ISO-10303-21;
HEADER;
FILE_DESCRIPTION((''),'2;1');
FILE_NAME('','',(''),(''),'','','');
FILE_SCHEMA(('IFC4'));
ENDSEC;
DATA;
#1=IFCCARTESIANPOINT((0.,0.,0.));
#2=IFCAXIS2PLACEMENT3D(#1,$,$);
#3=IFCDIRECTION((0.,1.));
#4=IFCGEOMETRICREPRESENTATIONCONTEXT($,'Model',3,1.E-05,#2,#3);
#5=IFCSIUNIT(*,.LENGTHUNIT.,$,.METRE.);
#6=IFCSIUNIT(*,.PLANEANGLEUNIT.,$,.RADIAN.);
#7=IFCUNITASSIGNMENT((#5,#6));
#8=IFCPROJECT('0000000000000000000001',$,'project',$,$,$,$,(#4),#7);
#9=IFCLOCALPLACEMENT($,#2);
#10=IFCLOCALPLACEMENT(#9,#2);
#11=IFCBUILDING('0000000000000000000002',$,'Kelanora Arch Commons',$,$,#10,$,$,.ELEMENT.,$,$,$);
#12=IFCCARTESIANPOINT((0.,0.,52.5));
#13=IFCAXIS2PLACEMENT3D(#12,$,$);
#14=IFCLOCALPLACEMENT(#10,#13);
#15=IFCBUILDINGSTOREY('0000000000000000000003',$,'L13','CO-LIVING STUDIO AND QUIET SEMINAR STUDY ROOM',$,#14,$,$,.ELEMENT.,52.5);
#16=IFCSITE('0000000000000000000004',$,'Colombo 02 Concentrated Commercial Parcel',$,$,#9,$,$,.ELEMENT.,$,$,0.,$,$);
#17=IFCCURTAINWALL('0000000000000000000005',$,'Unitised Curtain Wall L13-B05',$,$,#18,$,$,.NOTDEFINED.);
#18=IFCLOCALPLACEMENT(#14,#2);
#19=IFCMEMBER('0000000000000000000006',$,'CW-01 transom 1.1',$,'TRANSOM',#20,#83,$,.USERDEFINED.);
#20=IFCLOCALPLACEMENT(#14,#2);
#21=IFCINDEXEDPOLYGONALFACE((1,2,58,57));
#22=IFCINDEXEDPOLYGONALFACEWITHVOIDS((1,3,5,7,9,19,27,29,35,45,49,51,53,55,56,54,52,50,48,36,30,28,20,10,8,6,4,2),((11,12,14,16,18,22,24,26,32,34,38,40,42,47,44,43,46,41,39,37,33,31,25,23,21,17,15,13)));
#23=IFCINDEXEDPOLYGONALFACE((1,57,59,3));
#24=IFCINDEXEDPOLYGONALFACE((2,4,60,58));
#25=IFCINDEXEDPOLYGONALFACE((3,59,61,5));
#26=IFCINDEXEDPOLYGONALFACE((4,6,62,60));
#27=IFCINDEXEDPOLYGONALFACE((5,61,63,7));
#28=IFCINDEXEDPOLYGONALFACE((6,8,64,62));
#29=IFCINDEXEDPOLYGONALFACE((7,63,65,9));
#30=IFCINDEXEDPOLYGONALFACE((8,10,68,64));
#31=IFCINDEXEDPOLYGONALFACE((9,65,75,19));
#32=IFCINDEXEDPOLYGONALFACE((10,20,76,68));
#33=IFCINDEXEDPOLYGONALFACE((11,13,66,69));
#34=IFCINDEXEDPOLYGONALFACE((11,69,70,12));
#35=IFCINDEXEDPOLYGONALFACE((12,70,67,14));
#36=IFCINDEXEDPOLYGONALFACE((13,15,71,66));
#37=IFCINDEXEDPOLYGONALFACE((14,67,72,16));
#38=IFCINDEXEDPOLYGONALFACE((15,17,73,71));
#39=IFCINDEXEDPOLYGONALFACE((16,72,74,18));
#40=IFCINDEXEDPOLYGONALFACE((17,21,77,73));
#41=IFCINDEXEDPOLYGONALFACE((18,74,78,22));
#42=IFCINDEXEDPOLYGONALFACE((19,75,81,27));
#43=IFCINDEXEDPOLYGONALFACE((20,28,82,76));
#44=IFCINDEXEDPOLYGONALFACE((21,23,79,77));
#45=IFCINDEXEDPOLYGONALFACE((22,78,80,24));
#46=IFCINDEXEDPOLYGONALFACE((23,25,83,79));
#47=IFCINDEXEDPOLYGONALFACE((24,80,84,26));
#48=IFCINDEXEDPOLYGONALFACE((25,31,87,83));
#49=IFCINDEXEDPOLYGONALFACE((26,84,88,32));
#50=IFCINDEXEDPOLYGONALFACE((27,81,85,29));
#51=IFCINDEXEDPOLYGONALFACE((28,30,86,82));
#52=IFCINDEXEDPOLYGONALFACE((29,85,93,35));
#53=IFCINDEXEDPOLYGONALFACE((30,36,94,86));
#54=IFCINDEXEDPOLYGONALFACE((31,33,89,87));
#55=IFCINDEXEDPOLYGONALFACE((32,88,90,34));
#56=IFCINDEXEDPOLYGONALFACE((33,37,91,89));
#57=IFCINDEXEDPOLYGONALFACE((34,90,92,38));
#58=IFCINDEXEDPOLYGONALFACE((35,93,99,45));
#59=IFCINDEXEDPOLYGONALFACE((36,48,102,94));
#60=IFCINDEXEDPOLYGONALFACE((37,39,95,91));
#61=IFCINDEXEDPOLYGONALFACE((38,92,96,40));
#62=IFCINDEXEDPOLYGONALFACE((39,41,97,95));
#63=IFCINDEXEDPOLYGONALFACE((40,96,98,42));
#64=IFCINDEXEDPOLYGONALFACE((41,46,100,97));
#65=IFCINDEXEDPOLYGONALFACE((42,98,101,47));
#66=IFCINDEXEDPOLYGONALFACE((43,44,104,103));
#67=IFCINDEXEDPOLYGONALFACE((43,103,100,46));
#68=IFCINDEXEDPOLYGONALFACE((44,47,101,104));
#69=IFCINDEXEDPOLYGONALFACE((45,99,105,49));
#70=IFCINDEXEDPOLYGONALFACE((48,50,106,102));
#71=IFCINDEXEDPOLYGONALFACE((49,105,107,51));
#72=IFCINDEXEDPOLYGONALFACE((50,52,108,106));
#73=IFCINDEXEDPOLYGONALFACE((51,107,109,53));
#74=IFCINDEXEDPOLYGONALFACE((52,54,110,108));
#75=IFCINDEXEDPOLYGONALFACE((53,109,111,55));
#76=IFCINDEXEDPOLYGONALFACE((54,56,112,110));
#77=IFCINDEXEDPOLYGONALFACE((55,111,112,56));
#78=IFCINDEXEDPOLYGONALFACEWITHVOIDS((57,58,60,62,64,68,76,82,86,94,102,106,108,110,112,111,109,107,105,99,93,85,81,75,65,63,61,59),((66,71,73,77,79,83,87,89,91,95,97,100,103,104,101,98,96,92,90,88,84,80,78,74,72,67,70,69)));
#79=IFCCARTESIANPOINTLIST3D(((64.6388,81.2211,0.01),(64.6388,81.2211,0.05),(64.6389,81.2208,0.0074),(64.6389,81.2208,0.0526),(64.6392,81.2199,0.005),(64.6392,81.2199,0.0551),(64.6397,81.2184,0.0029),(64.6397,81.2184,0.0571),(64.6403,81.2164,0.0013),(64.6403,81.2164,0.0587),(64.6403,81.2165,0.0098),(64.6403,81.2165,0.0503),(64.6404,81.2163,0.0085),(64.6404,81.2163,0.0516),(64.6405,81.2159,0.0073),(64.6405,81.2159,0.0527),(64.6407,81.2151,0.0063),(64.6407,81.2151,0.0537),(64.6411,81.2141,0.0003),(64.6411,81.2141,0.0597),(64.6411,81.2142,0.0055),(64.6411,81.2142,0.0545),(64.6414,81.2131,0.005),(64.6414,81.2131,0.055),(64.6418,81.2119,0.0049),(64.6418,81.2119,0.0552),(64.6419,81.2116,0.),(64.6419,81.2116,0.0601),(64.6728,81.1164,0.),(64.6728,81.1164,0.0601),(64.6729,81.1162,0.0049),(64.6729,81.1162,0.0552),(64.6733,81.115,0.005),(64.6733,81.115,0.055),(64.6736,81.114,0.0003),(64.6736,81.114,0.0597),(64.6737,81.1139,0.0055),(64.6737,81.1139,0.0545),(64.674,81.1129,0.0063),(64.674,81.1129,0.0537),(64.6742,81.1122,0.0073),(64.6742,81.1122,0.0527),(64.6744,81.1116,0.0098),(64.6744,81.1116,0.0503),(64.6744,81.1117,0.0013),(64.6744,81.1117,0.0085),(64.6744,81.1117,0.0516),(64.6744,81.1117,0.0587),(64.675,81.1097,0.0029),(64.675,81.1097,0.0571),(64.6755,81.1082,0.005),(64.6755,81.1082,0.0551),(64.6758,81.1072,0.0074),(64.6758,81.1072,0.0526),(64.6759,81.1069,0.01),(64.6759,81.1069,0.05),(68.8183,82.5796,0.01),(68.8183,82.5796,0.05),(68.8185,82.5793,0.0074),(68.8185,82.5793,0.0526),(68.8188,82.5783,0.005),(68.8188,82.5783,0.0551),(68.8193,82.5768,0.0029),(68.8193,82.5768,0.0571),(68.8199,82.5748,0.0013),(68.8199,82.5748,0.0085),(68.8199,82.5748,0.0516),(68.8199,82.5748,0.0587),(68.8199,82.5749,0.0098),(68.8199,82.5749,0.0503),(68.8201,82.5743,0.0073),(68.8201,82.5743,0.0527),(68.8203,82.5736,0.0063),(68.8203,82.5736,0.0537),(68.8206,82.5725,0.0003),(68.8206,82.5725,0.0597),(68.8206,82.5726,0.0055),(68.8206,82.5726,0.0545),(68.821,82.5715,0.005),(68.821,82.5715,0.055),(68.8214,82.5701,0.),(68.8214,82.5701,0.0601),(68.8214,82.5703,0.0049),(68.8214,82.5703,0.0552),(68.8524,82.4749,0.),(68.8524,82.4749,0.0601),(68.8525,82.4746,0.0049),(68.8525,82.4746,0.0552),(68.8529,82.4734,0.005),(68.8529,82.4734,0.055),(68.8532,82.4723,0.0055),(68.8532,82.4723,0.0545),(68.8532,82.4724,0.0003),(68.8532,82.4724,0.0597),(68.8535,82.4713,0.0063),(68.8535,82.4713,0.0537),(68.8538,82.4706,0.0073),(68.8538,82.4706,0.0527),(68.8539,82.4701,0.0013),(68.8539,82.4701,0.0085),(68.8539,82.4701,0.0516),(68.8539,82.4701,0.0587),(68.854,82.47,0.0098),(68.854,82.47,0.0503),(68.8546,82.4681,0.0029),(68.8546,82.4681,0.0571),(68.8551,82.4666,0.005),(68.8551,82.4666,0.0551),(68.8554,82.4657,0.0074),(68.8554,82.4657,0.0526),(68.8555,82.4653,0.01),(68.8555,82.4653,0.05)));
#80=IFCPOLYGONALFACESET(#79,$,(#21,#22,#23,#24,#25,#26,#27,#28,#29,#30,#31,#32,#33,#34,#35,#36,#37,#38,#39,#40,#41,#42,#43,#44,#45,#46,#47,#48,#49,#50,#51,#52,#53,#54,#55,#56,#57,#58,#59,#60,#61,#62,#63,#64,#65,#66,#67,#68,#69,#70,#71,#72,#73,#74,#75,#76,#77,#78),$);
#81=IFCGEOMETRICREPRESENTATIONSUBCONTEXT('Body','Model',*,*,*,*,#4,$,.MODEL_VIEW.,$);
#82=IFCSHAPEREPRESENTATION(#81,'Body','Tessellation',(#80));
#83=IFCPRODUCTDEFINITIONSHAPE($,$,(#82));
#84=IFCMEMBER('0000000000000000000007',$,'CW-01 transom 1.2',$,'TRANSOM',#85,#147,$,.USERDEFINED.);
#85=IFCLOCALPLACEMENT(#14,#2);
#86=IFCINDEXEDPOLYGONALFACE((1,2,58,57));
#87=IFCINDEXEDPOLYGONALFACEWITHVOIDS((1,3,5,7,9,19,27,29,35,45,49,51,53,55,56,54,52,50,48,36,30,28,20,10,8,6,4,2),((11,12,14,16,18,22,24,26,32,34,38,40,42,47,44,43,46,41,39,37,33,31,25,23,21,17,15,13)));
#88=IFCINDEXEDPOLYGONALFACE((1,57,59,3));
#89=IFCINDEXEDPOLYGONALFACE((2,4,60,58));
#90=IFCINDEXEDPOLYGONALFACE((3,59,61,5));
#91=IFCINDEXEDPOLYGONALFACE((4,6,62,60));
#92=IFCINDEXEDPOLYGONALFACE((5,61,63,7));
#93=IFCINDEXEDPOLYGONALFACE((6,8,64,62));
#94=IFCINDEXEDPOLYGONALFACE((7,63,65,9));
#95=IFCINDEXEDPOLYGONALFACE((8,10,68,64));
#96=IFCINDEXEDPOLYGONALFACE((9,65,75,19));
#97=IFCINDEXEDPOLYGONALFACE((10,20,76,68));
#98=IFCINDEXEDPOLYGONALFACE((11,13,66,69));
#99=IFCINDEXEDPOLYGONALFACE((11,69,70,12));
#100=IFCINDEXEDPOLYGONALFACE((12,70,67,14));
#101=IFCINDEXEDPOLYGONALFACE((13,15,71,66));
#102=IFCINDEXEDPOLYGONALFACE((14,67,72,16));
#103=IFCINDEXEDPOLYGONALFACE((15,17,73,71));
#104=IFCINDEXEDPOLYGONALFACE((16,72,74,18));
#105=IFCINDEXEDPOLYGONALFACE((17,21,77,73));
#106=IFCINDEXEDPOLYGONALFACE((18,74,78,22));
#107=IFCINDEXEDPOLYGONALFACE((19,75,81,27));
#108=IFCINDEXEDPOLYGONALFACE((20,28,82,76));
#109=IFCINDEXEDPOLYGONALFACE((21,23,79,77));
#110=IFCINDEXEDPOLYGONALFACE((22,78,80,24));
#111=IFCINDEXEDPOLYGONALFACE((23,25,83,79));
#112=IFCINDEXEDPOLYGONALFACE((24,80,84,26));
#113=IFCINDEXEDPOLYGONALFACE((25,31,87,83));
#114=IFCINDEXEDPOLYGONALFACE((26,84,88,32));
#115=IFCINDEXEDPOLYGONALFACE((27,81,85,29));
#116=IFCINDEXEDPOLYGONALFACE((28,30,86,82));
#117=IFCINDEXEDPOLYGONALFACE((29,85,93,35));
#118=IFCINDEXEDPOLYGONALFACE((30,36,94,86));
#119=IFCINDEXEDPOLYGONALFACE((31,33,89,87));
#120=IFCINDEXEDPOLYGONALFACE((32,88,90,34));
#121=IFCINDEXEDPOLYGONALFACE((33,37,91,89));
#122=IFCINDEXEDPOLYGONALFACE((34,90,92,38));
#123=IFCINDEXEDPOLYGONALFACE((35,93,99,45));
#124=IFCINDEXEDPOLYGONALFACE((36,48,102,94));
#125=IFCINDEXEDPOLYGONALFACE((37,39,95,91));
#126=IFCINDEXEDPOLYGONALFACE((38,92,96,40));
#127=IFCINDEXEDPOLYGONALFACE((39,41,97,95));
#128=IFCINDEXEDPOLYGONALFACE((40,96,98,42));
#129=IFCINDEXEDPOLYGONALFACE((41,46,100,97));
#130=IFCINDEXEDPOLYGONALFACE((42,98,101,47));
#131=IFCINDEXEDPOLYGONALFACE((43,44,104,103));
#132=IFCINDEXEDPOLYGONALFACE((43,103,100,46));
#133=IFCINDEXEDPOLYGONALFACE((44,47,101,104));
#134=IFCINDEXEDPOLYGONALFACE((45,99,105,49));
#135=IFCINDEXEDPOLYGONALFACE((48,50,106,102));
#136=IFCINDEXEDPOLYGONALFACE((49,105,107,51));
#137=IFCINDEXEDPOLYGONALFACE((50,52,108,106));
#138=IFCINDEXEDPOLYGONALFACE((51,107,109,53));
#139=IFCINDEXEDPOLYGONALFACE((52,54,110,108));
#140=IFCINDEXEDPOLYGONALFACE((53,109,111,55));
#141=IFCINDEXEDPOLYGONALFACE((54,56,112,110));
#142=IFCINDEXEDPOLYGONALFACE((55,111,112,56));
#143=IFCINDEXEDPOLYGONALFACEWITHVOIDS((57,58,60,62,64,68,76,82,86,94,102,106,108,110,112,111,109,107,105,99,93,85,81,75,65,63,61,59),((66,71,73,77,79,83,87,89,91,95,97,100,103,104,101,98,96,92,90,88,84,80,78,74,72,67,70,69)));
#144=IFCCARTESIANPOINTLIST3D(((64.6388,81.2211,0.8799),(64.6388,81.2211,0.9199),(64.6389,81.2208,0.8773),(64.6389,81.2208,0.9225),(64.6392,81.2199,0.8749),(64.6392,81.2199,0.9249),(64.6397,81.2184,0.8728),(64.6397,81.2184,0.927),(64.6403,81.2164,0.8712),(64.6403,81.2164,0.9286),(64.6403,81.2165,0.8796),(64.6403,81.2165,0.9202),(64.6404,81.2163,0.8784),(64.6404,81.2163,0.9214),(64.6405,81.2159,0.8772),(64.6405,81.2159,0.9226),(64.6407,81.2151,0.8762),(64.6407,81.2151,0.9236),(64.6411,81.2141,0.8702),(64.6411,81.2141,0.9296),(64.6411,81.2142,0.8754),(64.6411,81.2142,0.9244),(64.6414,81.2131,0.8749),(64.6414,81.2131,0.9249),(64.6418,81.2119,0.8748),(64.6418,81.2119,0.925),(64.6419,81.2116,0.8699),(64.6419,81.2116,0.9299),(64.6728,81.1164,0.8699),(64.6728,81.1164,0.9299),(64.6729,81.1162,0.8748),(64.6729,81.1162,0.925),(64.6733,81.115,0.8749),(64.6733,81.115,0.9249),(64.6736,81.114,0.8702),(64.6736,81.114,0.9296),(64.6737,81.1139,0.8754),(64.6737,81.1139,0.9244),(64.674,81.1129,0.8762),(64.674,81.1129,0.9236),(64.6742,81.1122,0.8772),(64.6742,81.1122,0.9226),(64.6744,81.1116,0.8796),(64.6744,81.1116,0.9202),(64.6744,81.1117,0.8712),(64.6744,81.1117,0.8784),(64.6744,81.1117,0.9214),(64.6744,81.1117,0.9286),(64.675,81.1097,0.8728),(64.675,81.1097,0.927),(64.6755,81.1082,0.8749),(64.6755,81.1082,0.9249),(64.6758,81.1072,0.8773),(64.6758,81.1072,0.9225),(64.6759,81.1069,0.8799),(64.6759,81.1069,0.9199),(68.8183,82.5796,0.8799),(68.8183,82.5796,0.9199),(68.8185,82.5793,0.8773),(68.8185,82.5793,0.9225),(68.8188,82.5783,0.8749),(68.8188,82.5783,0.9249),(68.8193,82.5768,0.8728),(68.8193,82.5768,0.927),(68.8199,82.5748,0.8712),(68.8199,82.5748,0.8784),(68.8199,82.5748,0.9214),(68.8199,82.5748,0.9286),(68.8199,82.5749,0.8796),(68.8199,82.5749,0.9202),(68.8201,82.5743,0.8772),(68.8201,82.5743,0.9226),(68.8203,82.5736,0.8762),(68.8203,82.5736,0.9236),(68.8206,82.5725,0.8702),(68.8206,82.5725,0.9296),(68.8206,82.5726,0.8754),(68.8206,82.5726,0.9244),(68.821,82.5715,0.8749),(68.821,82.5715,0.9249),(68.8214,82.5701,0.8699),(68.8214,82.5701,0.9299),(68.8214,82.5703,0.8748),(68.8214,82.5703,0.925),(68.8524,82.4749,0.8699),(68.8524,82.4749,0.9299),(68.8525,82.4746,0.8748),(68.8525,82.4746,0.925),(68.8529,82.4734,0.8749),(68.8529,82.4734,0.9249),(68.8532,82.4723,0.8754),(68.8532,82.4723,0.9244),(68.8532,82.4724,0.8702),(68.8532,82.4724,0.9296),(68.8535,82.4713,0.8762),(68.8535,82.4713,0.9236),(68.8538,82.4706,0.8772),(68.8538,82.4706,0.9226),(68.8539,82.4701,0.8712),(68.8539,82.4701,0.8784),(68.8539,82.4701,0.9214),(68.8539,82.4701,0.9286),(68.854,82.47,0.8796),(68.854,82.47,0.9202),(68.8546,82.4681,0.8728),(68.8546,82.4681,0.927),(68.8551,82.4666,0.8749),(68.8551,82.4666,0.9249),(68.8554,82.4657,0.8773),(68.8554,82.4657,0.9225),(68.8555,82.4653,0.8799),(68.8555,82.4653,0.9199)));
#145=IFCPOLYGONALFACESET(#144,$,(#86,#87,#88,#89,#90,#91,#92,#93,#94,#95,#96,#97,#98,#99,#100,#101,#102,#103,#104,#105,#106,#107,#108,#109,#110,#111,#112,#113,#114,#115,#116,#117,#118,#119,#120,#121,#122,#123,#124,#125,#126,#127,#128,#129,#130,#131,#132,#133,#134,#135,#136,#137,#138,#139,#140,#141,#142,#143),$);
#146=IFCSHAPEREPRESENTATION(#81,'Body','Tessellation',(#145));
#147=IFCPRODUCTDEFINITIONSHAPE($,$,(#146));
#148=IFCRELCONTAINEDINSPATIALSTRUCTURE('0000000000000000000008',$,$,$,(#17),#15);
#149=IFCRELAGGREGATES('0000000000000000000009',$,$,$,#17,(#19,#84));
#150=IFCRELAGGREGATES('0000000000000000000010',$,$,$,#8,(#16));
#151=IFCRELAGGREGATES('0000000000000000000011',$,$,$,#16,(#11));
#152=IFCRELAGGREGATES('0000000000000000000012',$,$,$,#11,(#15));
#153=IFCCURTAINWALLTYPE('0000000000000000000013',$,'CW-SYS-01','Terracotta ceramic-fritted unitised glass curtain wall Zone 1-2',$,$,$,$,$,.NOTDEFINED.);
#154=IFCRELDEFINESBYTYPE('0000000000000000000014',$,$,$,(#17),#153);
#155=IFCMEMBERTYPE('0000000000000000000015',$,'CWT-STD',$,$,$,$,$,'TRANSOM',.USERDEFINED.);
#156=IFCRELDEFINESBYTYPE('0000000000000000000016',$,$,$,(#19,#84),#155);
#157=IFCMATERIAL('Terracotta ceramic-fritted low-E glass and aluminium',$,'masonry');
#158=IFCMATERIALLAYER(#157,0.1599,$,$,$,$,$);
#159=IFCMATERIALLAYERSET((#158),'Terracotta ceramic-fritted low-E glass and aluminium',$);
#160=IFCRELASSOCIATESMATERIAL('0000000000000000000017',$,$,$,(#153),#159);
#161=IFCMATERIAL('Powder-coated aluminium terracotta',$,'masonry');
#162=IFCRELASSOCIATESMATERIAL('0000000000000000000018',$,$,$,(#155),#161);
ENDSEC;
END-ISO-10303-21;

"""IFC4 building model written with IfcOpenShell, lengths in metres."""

from ifc_helpers import new_model, si_unit, direction, frame, origin, origin_2d, place, context, subcontext, project, spatial, hollow_rectangle, extrude, material, layer, layer_set, material_profile, profile_set, type_object, element, aggregate, save


model = new_model("IFC4")

# Units and contexts
model_context = context("Model", 3, precision=1e-05, world=origin(), true_north=direction((0.0, 1.0)))
body_context = subcontext(model_context, "Body", "Model", "MODEL_VIEW")
ifc_project = project(units=[si_unit("LENGTHUNIT", "METRE"), si_unit("PLANEANGLEUNIT", "RADIAN")], contexts=[model_context])

# Site, building, storey
site_placement = place(None, origin())
site = spatial("IfcSite", under=ifc_project, at=site_placement, Name="Colombo 02 Concentrated Commercial Parcel", CompositionType="ELEMENT", RefElevation=0.0)
building_placement = place(site_placement, origin())
building = spatial("IfcBuilding", under=site, at=building_placement, Name="Kelanora Arch Commons", CompositionType="ELEMENT")
storey_placement = place(building_placement, frame((0.0, 0.0, 52.5)))
storey = spatial("IfcBuildingStorey", under=building, at=storey_placement, Name="L13", Description="CO-LIVING STUDIO AND QUIET SEMINAR STUDY ROOM", CompositionType="ELEMENT", Elevation=52.5)

# Curtain wall, members
ifc_material_1 = material(Name="Terracotta ceramic-fritted low-E glass and aluminium", Category="masonry")
ifc_layer_1 = layer(ifc_material_1, 0.1599)
ifc_layer_set_1 = layer_set([ifc_layer_1], Name="Terracotta ceramic-fritted low-E glass and aluminium")
curtain_wall_type = type_object("IfcCurtainWallType", Name="CW-SYS-01", Description="Terracotta ceramic-fritted unitised glass curtain wall Zone 1-2", PredefinedType="NOTDEFINED", material=ifc_layer_set_1)
curtain_wall_placement = place(storey_placement, origin())
curtain_wall = element("IfcCurtainWall", 1, at=curtain_wall_placement, inside=storey, type_object=curtain_wall_type, Name="Unitised Curtain Wall L13-B05", PredefinedType="NOTDEFINED")
ifc_material_2 = material(Name="Powder-coated aluminium terracotta", Category="masonry")
ifc_material_profile_1 = material_profile(ifc_material_2, hollow_rectangle(XDim=0.1201, YDim=0.0601, WallThickness=0.0049, InnerFilletRadius=0.0049, OuterFilletRadius=0.01, at=origin_2d()), Name="CWT120x60")
ifc_profile_set_1 = profile_set([ifc_material_profile_1], Name="Powder-coated aluminium terracotta")
member_type_1 = type_object("IfcMemberType", Name="CWT-STD", ElementType="TRANSOM", PredefinedType="USERDEFINED", material=ifc_profile_set_1)
member_1_placement = place(storey_placement, frame((68.8369, 82.5225, 0.03), z_axis=(-0.951029, -0.309102, 0.0), x_axis=(0.309102, -0.951029, 0.0)))
member_1 = element("IfcMember", 2, at=member_1_placement, type_object=member_type_1, Name="CW-01 transom 1.1", ObjectType="TRANSOM", PredefinedType="USERDEFINED", context=body_context, shape_type="SweptSolid", body=[
    extrude(hollow_rectangle(XDim=0.1201, YDim=0.0601, WallThickness=0.0049, InnerFilletRadius=0.0049, OuterFilletRadius=0.01, at=origin_2d()), origin(), (0.0, 0.0, 1.0), 4.3948),
])
member_2_placement = place(storey_placement, frame((68.8369, 82.5225, 0.8999), z_axis=(-0.951029, -0.309102, 0.0), x_axis=(0.309102, -0.951029, 0.0)))
member_2 = element("IfcMember", 3, at=member_2_placement, type_object=member_type_1, Name="CW-01 transom 1.2", ObjectType="TRANSOM", PredefinedType="USERDEFINED", context=body_context, shape_type="SweptSolid", body=[
    extrude(hollow_rectangle(XDim=0.1201, YDim=0.0601, WallThickness=0.0049, InnerFilletRadius=0.0049, OuterFilletRadius=0.01, at=origin_2d()), origin(), (0.0, 0.0, 1.0), 4.3948),
])
aggregate(curtain_wall, [member_1, member_2])

save(model, "model.ifc")
